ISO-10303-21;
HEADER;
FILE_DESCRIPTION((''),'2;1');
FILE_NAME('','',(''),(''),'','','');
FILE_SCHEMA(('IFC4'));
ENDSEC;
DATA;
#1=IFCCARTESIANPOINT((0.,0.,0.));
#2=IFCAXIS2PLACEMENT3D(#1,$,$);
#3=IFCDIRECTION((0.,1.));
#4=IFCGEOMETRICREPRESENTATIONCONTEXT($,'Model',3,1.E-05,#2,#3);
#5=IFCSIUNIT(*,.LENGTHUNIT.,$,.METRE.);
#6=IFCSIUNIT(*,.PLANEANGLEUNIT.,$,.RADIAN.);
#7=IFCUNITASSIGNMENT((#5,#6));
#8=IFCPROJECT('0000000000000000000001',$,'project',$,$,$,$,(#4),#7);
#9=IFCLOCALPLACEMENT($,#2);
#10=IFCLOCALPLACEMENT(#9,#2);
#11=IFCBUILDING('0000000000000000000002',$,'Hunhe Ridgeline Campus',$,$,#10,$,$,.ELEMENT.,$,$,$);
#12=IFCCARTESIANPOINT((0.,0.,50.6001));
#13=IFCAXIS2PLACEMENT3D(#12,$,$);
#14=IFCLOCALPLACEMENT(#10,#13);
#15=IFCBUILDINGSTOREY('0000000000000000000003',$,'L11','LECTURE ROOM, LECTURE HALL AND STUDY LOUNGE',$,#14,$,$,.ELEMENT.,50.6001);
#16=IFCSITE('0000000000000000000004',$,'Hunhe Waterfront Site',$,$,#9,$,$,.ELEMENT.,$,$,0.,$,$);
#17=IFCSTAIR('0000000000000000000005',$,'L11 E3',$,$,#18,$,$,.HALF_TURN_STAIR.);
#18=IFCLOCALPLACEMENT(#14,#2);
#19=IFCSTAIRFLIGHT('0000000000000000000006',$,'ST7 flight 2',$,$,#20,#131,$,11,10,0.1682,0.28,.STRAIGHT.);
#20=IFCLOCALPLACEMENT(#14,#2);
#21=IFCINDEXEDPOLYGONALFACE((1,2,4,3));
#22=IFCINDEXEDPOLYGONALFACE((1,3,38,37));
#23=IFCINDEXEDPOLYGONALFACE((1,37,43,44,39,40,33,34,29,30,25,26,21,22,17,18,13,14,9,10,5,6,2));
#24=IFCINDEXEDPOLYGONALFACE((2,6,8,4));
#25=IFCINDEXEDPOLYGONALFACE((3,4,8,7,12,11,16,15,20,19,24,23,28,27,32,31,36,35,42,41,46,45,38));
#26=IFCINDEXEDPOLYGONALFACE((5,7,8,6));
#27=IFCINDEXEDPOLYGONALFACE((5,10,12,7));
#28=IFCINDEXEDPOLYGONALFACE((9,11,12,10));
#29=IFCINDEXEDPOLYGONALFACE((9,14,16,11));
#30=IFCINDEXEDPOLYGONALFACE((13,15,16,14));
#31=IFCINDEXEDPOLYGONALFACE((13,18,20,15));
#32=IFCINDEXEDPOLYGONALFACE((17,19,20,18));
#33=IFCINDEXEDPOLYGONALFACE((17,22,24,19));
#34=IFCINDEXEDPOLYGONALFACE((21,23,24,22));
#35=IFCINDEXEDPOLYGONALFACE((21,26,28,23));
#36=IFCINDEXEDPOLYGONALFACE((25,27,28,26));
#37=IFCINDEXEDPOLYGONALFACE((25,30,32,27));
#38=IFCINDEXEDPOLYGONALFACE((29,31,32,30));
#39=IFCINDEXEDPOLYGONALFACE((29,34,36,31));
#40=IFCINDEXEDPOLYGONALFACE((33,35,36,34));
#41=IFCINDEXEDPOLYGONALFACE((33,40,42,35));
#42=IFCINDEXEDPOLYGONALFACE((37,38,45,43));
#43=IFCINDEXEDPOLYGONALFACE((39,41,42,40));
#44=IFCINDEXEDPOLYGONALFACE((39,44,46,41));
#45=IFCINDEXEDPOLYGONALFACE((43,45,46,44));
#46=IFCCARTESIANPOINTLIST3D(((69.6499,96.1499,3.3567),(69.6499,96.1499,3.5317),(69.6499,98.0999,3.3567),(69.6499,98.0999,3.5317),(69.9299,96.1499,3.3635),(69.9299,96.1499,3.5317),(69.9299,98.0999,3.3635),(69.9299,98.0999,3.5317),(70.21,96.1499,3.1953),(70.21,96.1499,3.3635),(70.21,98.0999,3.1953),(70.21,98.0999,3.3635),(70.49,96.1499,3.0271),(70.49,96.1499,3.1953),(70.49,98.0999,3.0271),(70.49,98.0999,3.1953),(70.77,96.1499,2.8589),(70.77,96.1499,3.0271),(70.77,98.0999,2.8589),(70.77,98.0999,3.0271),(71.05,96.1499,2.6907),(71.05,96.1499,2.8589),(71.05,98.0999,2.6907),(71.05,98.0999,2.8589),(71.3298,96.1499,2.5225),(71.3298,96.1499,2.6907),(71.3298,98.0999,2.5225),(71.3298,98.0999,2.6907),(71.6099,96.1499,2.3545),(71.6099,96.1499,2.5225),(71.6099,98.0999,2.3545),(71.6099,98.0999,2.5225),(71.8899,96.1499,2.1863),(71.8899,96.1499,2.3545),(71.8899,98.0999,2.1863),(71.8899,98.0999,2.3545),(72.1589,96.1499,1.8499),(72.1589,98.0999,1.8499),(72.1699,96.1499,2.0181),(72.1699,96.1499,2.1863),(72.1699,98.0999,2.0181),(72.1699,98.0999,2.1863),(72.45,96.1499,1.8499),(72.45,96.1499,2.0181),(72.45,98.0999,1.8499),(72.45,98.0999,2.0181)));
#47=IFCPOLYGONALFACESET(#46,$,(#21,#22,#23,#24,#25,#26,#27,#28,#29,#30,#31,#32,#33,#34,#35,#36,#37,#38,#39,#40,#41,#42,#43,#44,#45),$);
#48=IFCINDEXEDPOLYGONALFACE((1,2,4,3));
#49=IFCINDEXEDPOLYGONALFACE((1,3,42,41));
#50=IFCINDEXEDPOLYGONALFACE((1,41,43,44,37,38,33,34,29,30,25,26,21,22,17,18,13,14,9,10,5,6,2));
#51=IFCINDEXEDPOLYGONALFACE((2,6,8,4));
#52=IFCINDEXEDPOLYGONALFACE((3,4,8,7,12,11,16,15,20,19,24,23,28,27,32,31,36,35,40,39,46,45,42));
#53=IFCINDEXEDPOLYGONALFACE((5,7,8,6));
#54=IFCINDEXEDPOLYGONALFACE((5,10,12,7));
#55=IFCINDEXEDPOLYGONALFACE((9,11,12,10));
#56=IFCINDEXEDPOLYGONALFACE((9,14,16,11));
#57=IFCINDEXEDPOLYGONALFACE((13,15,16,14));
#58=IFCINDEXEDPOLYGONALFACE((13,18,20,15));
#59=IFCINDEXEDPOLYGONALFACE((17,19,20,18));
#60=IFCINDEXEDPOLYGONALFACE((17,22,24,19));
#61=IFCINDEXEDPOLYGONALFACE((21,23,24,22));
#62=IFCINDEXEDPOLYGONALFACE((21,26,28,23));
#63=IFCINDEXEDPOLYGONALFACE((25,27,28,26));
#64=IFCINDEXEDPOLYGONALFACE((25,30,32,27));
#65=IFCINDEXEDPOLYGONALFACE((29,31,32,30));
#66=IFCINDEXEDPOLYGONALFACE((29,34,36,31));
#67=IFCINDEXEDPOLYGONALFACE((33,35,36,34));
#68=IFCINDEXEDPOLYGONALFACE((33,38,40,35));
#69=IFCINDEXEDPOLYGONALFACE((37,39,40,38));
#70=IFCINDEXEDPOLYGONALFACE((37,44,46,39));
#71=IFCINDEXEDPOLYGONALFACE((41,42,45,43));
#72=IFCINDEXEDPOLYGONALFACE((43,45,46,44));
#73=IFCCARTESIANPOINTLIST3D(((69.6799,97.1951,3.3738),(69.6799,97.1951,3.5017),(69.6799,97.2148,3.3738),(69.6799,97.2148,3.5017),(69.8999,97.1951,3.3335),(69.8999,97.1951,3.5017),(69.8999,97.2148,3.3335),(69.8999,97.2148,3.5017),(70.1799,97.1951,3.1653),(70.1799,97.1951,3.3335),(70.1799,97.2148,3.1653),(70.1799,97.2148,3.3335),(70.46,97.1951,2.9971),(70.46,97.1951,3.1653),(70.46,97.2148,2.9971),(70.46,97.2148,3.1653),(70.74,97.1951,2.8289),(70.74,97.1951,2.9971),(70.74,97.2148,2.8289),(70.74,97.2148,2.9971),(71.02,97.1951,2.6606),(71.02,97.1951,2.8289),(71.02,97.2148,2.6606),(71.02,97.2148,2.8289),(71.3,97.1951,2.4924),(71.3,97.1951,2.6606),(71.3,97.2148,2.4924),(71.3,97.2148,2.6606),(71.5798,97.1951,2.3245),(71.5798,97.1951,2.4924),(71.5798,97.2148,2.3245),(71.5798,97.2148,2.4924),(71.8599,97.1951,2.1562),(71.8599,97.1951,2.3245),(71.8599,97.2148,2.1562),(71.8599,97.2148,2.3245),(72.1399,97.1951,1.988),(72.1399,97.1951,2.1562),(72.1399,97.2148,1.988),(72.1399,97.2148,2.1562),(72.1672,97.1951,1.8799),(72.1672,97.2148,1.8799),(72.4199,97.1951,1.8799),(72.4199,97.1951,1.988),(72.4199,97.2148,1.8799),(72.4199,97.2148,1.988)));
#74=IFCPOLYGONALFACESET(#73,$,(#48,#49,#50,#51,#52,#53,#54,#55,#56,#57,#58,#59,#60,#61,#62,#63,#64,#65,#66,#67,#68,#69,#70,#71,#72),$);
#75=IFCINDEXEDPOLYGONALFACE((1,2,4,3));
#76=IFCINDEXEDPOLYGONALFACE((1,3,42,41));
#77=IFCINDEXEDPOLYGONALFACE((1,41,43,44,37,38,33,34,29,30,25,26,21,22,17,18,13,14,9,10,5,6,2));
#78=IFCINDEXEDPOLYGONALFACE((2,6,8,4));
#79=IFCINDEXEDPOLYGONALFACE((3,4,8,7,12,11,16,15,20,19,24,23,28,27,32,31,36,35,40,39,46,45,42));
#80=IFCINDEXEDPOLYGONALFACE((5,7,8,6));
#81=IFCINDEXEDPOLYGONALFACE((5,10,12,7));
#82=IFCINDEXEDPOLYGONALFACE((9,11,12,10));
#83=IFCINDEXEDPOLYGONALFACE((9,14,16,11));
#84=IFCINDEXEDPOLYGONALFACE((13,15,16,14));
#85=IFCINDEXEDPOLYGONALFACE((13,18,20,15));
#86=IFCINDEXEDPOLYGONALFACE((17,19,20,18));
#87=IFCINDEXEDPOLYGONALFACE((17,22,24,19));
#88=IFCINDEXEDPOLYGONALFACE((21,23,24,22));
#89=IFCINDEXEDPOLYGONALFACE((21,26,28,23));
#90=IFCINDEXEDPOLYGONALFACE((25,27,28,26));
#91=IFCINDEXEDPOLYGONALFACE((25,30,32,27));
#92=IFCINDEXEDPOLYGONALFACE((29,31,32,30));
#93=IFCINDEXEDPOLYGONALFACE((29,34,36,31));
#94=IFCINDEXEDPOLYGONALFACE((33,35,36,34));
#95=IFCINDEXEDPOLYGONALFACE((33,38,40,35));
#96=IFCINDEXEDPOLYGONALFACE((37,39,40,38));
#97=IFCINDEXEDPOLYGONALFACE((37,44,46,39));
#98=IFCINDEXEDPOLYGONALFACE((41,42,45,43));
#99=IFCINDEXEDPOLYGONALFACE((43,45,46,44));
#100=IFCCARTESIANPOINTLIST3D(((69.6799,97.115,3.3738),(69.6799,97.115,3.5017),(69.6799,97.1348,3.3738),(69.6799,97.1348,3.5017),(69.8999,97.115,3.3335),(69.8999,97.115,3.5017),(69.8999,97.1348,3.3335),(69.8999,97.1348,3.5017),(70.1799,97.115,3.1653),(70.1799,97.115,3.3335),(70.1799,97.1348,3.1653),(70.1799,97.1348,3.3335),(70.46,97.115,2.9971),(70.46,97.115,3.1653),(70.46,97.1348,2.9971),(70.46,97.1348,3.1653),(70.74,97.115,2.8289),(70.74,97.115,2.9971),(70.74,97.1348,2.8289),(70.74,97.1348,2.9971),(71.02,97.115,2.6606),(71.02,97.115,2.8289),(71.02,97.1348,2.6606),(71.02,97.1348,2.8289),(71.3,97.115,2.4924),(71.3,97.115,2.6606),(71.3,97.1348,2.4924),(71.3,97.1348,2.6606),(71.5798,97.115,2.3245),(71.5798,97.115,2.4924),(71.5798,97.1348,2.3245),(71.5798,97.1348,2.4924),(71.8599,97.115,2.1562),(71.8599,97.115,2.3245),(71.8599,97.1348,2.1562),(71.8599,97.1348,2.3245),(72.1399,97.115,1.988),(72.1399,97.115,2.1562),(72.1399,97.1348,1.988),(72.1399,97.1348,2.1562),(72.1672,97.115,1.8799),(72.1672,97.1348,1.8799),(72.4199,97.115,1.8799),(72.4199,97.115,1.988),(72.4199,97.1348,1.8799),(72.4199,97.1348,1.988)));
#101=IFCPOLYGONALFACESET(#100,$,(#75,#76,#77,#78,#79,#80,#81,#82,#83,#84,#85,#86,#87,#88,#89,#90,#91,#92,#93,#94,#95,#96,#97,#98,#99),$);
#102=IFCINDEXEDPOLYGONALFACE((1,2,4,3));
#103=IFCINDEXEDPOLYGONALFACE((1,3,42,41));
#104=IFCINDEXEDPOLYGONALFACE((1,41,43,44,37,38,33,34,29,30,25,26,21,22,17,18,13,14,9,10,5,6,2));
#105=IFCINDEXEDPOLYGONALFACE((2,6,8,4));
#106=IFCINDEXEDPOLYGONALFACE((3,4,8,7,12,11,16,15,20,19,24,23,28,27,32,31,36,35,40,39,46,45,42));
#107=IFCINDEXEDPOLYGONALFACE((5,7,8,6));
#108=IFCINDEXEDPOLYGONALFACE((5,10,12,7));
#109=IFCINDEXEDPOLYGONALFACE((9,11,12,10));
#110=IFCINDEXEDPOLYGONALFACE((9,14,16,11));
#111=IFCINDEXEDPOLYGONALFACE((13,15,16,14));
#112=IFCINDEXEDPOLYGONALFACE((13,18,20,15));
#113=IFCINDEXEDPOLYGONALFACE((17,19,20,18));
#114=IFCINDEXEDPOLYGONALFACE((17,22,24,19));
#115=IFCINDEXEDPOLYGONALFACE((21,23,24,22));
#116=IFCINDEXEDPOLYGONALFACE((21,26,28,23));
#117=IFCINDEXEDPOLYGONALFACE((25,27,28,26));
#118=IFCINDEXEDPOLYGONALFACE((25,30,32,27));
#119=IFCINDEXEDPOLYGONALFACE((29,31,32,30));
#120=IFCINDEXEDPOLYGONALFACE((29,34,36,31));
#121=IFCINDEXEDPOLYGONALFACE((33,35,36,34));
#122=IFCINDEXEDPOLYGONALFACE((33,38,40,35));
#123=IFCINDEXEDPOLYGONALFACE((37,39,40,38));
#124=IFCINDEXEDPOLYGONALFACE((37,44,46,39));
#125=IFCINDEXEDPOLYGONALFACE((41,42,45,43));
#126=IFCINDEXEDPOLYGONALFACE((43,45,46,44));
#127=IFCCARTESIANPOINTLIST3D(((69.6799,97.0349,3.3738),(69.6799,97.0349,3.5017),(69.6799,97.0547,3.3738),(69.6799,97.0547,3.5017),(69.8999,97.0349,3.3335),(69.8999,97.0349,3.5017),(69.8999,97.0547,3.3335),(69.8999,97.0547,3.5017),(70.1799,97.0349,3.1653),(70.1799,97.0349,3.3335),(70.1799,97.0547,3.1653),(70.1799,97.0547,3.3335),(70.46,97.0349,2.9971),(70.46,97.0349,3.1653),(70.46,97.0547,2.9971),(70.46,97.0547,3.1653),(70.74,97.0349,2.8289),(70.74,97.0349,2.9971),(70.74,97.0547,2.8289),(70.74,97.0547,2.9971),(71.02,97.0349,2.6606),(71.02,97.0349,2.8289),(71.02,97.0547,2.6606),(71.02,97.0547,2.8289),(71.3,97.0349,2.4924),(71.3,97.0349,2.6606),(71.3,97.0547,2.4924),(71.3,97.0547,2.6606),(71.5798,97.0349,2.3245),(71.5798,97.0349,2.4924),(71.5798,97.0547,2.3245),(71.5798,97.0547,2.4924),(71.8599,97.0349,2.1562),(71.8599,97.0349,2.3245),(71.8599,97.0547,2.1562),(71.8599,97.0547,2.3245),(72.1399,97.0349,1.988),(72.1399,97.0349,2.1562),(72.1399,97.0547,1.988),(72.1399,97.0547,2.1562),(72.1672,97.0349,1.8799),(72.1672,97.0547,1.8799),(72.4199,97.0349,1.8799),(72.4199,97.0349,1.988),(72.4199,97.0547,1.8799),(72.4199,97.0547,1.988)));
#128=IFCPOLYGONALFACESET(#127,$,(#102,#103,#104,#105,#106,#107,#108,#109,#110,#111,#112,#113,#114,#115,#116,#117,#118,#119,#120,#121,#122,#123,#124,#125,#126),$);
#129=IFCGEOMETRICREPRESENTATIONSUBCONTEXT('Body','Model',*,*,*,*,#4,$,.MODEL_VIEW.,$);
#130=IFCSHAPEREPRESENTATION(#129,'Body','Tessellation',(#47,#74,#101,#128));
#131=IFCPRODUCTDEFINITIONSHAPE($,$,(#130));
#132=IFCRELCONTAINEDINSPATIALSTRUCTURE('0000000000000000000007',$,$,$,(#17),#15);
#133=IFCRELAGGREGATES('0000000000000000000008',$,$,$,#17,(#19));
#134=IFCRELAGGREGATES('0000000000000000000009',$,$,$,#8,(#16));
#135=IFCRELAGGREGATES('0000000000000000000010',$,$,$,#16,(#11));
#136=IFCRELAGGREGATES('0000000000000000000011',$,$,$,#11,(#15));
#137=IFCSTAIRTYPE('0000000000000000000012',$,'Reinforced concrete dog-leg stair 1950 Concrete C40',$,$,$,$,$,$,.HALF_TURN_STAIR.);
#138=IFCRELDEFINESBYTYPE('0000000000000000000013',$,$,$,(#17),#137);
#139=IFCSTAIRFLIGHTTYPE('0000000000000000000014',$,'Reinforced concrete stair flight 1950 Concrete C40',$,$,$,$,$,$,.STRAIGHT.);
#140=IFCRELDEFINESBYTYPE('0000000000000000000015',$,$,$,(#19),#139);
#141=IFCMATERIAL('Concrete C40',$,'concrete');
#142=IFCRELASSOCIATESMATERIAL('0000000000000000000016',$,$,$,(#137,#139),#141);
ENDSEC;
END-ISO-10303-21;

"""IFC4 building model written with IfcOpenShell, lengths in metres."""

from ifc_helpers import new_model, si_unit, direction, frame, origin, place, context, subcontext, project, spatial, polyline, outline, extrude, material, type_object, element, aggregate, save


model = new_model("IFC4")

# Units and contexts
model_context = context("Model", 3, precision=1e-05, world=origin(), true_north=direction((0.0, 1.0)))
body_context = subcontext(model_context, "Body", "Model", "MODEL_VIEW")
ifc_project = project(units=[si_unit("LENGTHUNIT", "METRE"), si_unit("PLANEANGLEUNIT", "RADIAN")], contexts=[model_context])

# Site, building, storey
site_placement = place(None, origin())
site = spatial("IfcSite", under=ifc_project, at=site_placement, Name="Hunhe Waterfront Site", CompositionType="ELEMENT", RefElevation=0.0)
building_placement = place(site_placement, origin())
building = spatial("IfcBuilding", under=site, at=building_placement, Name="Hunhe Ridgeline Campus", CompositionType="ELEMENT")
storey_placement = place(building_placement, frame((0.0, 0.0, 50.6001)))
storey = spatial("IfcBuildingStorey", under=building, at=storey_placement, Name="L11", Description="LECTURE ROOM, LECTURE HALL AND STUDY LOUNGE", CompositionType="ELEMENT", Elevation=50.6001)

# Shared definitions
ifc_material_1 = material(Name="Concrete C40", Category="concrete")
stair_type = type_object("IfcStairType", Name="Reinforced concrete dog-leg stair 1950 Concrete C40", PredefinedType="HALF_TURN_STAIR", material=ifc_material_1)
stair_flight_type = type_object("IfcStairFlightType", Name="Reinforced concrete stair flight 1950 Concrete C40", PredefinedType="STRAIGHT", material=ifc_material_1)

# Stair, stair flight
stair_1_placement = place(storey_placement, origin())
stair_1 = element("IfcStair", 1, at=stair_1_placement, inside=storey, type_object=stair_type, Name="L11 E3", PredefinedType="HALF_TURN_STAIR")
stair_flight_1_placement = place(storey_placement, frame((72.45, 97.125, 1.8499), z_axis=(0.0, 0.0, 1.0), x_axis=(-1.0, 0.0, 0.0)))
stair_flight_1 = element("IfcStairFlight", 2, at=stair_flight_1_placement, type_object=stair_flight_type, Name="ST7 flight 2", NumberOfRisers=11, NumberOfTreads=10, PredefinedType="STRAIGHT", RiserHeight=0.1682, TreadLength=0.28, context=body_context, shape_type="SweptSolid", body=[
    extrude(outline(polyline([(0.0, 0.0), (0.0, 0.1682), (0.28, 0.1682), (0.28, 0.3364), (0.5601, 0.3364), (0.5601, 0.5046), (0.8401, 0.5046), (0.8401, 0.6726), (1.1201, 0.6726), (1.1201, 0.8408), (1.3999, 0.8408), (1.3999, 1.009), (1.6799, 1.009), (1.6799, 1.1772), (1.96, 1.1772), (1.96, 1.3455), (2.24, 1.3455), (2.24, 1.5137), (2.52, 1.5137), (2.52, 1.6819), (2.8, 1.6819), (2.8, 1.8501), (2.8, 1.5068), (0.291, 0.0), (0.0, 0.0)])), frame((0.0, 0.9751, 0.0), z_axis=(0.0, -1.0, 0.0), x_axis=(1.0, 0.0, 0.0)), (0.0, 0.0, 1.0), 1.95),
    extrude(outline(polyline([(0.03, 0.03), (0.03, 0.1382), (0.3101, 0.1382), (0.3101, 0.3064), (0.5901, 0.3064), (0.5901, 0.4746), (0.8701, 0.4746), (0.8701, 0.6426), (1.1499, 0.6426), (1.1499, 0.8108), (1.4299, 0.8108), (1.4299, 0.979), (1.71, 0.979), (1.71, 1.1472), (1.99, 1.1472), (1.99, 1.3154), (2.27, 1.3154), (2.27, 1.4836), (2.55, 1.4836), (2.55, 1.6519), (2.77, 1.6519), (2.77, 1.5239), (0.2827, 0.03), (0.03, 0.03)])), frame((0.0, -0.0701, 0.0), z_axis=(0.0, -1.0, 0.0), x_axis=(1.0, 0.0, 0.0)), (0.0, 0.0, 1.0), 0.0198),
    extrude(outline(polyline([(0.03, 0.03), (0.03, 0.1382), (0.3101, 0.1382), (0.3101, 0.3064), (0.5901, 0.3064), (0.5901, 0.4746), (0.8701, 0.4746), (0.8701, 0.6426), (1.1499, 0.6426), (1.1499, 0.8108), (1.4299, 0.8108), (1.4299, 0.979), (1.71, 0.979), (1.71, 1.1472), (1.99, 1.1472), (1.99, 1.3154), (2.27, 1.3154), (2.27, 1.4836), (2.55, 1.4836), (2.55, 1.6519), (2.77, 1.6519), (2.77, 1.5239), (0.2827, 0.03), (0.03, 0.03)])), frame((0.0, 0.01, 0.0), z_axis=(0.0, -1.0, 0.0), x_axis=(1.0, 0.0, 0.0)), (0.0, 0.0, 1.0), 0.0198),
    extrude(outline(polyline([(0.03, 0.03), (0.03, 0.1382), (0.3101, 0.1382), (0.3101, 0.3064), (0.5901, 0.3064), (0.5901, 0.4746), (0.8701, 0.4746), (0.8701, 0.6426), (1.1499, 0.6426), (1.1499, 0.8108), (1.4299, 0.8108), (1.4299, 0.979), (1.71, 0.979), (1.71, 1.1472), (1.99, 1.1472), (1.99, 1.3154), (2.27, 1.3154), (2.27, 1.4836), (2.55, 1.4836), (2.55, 1.6519), (2.77, 1.6519), (2.77, 1.5239), (0.2827, 0.03), (0.03, 0.03)])), frame((0.0, 0.0901, 0.0), z_axis=(0.0, -1.0, 0.0), x_axis=(1.0, 0.0, 0.0)), (0.0, 0.0, 1.0), 0.0198),
])
aggregate(stair_1, [stair_flight_1])

save(model, "model.ifc")
